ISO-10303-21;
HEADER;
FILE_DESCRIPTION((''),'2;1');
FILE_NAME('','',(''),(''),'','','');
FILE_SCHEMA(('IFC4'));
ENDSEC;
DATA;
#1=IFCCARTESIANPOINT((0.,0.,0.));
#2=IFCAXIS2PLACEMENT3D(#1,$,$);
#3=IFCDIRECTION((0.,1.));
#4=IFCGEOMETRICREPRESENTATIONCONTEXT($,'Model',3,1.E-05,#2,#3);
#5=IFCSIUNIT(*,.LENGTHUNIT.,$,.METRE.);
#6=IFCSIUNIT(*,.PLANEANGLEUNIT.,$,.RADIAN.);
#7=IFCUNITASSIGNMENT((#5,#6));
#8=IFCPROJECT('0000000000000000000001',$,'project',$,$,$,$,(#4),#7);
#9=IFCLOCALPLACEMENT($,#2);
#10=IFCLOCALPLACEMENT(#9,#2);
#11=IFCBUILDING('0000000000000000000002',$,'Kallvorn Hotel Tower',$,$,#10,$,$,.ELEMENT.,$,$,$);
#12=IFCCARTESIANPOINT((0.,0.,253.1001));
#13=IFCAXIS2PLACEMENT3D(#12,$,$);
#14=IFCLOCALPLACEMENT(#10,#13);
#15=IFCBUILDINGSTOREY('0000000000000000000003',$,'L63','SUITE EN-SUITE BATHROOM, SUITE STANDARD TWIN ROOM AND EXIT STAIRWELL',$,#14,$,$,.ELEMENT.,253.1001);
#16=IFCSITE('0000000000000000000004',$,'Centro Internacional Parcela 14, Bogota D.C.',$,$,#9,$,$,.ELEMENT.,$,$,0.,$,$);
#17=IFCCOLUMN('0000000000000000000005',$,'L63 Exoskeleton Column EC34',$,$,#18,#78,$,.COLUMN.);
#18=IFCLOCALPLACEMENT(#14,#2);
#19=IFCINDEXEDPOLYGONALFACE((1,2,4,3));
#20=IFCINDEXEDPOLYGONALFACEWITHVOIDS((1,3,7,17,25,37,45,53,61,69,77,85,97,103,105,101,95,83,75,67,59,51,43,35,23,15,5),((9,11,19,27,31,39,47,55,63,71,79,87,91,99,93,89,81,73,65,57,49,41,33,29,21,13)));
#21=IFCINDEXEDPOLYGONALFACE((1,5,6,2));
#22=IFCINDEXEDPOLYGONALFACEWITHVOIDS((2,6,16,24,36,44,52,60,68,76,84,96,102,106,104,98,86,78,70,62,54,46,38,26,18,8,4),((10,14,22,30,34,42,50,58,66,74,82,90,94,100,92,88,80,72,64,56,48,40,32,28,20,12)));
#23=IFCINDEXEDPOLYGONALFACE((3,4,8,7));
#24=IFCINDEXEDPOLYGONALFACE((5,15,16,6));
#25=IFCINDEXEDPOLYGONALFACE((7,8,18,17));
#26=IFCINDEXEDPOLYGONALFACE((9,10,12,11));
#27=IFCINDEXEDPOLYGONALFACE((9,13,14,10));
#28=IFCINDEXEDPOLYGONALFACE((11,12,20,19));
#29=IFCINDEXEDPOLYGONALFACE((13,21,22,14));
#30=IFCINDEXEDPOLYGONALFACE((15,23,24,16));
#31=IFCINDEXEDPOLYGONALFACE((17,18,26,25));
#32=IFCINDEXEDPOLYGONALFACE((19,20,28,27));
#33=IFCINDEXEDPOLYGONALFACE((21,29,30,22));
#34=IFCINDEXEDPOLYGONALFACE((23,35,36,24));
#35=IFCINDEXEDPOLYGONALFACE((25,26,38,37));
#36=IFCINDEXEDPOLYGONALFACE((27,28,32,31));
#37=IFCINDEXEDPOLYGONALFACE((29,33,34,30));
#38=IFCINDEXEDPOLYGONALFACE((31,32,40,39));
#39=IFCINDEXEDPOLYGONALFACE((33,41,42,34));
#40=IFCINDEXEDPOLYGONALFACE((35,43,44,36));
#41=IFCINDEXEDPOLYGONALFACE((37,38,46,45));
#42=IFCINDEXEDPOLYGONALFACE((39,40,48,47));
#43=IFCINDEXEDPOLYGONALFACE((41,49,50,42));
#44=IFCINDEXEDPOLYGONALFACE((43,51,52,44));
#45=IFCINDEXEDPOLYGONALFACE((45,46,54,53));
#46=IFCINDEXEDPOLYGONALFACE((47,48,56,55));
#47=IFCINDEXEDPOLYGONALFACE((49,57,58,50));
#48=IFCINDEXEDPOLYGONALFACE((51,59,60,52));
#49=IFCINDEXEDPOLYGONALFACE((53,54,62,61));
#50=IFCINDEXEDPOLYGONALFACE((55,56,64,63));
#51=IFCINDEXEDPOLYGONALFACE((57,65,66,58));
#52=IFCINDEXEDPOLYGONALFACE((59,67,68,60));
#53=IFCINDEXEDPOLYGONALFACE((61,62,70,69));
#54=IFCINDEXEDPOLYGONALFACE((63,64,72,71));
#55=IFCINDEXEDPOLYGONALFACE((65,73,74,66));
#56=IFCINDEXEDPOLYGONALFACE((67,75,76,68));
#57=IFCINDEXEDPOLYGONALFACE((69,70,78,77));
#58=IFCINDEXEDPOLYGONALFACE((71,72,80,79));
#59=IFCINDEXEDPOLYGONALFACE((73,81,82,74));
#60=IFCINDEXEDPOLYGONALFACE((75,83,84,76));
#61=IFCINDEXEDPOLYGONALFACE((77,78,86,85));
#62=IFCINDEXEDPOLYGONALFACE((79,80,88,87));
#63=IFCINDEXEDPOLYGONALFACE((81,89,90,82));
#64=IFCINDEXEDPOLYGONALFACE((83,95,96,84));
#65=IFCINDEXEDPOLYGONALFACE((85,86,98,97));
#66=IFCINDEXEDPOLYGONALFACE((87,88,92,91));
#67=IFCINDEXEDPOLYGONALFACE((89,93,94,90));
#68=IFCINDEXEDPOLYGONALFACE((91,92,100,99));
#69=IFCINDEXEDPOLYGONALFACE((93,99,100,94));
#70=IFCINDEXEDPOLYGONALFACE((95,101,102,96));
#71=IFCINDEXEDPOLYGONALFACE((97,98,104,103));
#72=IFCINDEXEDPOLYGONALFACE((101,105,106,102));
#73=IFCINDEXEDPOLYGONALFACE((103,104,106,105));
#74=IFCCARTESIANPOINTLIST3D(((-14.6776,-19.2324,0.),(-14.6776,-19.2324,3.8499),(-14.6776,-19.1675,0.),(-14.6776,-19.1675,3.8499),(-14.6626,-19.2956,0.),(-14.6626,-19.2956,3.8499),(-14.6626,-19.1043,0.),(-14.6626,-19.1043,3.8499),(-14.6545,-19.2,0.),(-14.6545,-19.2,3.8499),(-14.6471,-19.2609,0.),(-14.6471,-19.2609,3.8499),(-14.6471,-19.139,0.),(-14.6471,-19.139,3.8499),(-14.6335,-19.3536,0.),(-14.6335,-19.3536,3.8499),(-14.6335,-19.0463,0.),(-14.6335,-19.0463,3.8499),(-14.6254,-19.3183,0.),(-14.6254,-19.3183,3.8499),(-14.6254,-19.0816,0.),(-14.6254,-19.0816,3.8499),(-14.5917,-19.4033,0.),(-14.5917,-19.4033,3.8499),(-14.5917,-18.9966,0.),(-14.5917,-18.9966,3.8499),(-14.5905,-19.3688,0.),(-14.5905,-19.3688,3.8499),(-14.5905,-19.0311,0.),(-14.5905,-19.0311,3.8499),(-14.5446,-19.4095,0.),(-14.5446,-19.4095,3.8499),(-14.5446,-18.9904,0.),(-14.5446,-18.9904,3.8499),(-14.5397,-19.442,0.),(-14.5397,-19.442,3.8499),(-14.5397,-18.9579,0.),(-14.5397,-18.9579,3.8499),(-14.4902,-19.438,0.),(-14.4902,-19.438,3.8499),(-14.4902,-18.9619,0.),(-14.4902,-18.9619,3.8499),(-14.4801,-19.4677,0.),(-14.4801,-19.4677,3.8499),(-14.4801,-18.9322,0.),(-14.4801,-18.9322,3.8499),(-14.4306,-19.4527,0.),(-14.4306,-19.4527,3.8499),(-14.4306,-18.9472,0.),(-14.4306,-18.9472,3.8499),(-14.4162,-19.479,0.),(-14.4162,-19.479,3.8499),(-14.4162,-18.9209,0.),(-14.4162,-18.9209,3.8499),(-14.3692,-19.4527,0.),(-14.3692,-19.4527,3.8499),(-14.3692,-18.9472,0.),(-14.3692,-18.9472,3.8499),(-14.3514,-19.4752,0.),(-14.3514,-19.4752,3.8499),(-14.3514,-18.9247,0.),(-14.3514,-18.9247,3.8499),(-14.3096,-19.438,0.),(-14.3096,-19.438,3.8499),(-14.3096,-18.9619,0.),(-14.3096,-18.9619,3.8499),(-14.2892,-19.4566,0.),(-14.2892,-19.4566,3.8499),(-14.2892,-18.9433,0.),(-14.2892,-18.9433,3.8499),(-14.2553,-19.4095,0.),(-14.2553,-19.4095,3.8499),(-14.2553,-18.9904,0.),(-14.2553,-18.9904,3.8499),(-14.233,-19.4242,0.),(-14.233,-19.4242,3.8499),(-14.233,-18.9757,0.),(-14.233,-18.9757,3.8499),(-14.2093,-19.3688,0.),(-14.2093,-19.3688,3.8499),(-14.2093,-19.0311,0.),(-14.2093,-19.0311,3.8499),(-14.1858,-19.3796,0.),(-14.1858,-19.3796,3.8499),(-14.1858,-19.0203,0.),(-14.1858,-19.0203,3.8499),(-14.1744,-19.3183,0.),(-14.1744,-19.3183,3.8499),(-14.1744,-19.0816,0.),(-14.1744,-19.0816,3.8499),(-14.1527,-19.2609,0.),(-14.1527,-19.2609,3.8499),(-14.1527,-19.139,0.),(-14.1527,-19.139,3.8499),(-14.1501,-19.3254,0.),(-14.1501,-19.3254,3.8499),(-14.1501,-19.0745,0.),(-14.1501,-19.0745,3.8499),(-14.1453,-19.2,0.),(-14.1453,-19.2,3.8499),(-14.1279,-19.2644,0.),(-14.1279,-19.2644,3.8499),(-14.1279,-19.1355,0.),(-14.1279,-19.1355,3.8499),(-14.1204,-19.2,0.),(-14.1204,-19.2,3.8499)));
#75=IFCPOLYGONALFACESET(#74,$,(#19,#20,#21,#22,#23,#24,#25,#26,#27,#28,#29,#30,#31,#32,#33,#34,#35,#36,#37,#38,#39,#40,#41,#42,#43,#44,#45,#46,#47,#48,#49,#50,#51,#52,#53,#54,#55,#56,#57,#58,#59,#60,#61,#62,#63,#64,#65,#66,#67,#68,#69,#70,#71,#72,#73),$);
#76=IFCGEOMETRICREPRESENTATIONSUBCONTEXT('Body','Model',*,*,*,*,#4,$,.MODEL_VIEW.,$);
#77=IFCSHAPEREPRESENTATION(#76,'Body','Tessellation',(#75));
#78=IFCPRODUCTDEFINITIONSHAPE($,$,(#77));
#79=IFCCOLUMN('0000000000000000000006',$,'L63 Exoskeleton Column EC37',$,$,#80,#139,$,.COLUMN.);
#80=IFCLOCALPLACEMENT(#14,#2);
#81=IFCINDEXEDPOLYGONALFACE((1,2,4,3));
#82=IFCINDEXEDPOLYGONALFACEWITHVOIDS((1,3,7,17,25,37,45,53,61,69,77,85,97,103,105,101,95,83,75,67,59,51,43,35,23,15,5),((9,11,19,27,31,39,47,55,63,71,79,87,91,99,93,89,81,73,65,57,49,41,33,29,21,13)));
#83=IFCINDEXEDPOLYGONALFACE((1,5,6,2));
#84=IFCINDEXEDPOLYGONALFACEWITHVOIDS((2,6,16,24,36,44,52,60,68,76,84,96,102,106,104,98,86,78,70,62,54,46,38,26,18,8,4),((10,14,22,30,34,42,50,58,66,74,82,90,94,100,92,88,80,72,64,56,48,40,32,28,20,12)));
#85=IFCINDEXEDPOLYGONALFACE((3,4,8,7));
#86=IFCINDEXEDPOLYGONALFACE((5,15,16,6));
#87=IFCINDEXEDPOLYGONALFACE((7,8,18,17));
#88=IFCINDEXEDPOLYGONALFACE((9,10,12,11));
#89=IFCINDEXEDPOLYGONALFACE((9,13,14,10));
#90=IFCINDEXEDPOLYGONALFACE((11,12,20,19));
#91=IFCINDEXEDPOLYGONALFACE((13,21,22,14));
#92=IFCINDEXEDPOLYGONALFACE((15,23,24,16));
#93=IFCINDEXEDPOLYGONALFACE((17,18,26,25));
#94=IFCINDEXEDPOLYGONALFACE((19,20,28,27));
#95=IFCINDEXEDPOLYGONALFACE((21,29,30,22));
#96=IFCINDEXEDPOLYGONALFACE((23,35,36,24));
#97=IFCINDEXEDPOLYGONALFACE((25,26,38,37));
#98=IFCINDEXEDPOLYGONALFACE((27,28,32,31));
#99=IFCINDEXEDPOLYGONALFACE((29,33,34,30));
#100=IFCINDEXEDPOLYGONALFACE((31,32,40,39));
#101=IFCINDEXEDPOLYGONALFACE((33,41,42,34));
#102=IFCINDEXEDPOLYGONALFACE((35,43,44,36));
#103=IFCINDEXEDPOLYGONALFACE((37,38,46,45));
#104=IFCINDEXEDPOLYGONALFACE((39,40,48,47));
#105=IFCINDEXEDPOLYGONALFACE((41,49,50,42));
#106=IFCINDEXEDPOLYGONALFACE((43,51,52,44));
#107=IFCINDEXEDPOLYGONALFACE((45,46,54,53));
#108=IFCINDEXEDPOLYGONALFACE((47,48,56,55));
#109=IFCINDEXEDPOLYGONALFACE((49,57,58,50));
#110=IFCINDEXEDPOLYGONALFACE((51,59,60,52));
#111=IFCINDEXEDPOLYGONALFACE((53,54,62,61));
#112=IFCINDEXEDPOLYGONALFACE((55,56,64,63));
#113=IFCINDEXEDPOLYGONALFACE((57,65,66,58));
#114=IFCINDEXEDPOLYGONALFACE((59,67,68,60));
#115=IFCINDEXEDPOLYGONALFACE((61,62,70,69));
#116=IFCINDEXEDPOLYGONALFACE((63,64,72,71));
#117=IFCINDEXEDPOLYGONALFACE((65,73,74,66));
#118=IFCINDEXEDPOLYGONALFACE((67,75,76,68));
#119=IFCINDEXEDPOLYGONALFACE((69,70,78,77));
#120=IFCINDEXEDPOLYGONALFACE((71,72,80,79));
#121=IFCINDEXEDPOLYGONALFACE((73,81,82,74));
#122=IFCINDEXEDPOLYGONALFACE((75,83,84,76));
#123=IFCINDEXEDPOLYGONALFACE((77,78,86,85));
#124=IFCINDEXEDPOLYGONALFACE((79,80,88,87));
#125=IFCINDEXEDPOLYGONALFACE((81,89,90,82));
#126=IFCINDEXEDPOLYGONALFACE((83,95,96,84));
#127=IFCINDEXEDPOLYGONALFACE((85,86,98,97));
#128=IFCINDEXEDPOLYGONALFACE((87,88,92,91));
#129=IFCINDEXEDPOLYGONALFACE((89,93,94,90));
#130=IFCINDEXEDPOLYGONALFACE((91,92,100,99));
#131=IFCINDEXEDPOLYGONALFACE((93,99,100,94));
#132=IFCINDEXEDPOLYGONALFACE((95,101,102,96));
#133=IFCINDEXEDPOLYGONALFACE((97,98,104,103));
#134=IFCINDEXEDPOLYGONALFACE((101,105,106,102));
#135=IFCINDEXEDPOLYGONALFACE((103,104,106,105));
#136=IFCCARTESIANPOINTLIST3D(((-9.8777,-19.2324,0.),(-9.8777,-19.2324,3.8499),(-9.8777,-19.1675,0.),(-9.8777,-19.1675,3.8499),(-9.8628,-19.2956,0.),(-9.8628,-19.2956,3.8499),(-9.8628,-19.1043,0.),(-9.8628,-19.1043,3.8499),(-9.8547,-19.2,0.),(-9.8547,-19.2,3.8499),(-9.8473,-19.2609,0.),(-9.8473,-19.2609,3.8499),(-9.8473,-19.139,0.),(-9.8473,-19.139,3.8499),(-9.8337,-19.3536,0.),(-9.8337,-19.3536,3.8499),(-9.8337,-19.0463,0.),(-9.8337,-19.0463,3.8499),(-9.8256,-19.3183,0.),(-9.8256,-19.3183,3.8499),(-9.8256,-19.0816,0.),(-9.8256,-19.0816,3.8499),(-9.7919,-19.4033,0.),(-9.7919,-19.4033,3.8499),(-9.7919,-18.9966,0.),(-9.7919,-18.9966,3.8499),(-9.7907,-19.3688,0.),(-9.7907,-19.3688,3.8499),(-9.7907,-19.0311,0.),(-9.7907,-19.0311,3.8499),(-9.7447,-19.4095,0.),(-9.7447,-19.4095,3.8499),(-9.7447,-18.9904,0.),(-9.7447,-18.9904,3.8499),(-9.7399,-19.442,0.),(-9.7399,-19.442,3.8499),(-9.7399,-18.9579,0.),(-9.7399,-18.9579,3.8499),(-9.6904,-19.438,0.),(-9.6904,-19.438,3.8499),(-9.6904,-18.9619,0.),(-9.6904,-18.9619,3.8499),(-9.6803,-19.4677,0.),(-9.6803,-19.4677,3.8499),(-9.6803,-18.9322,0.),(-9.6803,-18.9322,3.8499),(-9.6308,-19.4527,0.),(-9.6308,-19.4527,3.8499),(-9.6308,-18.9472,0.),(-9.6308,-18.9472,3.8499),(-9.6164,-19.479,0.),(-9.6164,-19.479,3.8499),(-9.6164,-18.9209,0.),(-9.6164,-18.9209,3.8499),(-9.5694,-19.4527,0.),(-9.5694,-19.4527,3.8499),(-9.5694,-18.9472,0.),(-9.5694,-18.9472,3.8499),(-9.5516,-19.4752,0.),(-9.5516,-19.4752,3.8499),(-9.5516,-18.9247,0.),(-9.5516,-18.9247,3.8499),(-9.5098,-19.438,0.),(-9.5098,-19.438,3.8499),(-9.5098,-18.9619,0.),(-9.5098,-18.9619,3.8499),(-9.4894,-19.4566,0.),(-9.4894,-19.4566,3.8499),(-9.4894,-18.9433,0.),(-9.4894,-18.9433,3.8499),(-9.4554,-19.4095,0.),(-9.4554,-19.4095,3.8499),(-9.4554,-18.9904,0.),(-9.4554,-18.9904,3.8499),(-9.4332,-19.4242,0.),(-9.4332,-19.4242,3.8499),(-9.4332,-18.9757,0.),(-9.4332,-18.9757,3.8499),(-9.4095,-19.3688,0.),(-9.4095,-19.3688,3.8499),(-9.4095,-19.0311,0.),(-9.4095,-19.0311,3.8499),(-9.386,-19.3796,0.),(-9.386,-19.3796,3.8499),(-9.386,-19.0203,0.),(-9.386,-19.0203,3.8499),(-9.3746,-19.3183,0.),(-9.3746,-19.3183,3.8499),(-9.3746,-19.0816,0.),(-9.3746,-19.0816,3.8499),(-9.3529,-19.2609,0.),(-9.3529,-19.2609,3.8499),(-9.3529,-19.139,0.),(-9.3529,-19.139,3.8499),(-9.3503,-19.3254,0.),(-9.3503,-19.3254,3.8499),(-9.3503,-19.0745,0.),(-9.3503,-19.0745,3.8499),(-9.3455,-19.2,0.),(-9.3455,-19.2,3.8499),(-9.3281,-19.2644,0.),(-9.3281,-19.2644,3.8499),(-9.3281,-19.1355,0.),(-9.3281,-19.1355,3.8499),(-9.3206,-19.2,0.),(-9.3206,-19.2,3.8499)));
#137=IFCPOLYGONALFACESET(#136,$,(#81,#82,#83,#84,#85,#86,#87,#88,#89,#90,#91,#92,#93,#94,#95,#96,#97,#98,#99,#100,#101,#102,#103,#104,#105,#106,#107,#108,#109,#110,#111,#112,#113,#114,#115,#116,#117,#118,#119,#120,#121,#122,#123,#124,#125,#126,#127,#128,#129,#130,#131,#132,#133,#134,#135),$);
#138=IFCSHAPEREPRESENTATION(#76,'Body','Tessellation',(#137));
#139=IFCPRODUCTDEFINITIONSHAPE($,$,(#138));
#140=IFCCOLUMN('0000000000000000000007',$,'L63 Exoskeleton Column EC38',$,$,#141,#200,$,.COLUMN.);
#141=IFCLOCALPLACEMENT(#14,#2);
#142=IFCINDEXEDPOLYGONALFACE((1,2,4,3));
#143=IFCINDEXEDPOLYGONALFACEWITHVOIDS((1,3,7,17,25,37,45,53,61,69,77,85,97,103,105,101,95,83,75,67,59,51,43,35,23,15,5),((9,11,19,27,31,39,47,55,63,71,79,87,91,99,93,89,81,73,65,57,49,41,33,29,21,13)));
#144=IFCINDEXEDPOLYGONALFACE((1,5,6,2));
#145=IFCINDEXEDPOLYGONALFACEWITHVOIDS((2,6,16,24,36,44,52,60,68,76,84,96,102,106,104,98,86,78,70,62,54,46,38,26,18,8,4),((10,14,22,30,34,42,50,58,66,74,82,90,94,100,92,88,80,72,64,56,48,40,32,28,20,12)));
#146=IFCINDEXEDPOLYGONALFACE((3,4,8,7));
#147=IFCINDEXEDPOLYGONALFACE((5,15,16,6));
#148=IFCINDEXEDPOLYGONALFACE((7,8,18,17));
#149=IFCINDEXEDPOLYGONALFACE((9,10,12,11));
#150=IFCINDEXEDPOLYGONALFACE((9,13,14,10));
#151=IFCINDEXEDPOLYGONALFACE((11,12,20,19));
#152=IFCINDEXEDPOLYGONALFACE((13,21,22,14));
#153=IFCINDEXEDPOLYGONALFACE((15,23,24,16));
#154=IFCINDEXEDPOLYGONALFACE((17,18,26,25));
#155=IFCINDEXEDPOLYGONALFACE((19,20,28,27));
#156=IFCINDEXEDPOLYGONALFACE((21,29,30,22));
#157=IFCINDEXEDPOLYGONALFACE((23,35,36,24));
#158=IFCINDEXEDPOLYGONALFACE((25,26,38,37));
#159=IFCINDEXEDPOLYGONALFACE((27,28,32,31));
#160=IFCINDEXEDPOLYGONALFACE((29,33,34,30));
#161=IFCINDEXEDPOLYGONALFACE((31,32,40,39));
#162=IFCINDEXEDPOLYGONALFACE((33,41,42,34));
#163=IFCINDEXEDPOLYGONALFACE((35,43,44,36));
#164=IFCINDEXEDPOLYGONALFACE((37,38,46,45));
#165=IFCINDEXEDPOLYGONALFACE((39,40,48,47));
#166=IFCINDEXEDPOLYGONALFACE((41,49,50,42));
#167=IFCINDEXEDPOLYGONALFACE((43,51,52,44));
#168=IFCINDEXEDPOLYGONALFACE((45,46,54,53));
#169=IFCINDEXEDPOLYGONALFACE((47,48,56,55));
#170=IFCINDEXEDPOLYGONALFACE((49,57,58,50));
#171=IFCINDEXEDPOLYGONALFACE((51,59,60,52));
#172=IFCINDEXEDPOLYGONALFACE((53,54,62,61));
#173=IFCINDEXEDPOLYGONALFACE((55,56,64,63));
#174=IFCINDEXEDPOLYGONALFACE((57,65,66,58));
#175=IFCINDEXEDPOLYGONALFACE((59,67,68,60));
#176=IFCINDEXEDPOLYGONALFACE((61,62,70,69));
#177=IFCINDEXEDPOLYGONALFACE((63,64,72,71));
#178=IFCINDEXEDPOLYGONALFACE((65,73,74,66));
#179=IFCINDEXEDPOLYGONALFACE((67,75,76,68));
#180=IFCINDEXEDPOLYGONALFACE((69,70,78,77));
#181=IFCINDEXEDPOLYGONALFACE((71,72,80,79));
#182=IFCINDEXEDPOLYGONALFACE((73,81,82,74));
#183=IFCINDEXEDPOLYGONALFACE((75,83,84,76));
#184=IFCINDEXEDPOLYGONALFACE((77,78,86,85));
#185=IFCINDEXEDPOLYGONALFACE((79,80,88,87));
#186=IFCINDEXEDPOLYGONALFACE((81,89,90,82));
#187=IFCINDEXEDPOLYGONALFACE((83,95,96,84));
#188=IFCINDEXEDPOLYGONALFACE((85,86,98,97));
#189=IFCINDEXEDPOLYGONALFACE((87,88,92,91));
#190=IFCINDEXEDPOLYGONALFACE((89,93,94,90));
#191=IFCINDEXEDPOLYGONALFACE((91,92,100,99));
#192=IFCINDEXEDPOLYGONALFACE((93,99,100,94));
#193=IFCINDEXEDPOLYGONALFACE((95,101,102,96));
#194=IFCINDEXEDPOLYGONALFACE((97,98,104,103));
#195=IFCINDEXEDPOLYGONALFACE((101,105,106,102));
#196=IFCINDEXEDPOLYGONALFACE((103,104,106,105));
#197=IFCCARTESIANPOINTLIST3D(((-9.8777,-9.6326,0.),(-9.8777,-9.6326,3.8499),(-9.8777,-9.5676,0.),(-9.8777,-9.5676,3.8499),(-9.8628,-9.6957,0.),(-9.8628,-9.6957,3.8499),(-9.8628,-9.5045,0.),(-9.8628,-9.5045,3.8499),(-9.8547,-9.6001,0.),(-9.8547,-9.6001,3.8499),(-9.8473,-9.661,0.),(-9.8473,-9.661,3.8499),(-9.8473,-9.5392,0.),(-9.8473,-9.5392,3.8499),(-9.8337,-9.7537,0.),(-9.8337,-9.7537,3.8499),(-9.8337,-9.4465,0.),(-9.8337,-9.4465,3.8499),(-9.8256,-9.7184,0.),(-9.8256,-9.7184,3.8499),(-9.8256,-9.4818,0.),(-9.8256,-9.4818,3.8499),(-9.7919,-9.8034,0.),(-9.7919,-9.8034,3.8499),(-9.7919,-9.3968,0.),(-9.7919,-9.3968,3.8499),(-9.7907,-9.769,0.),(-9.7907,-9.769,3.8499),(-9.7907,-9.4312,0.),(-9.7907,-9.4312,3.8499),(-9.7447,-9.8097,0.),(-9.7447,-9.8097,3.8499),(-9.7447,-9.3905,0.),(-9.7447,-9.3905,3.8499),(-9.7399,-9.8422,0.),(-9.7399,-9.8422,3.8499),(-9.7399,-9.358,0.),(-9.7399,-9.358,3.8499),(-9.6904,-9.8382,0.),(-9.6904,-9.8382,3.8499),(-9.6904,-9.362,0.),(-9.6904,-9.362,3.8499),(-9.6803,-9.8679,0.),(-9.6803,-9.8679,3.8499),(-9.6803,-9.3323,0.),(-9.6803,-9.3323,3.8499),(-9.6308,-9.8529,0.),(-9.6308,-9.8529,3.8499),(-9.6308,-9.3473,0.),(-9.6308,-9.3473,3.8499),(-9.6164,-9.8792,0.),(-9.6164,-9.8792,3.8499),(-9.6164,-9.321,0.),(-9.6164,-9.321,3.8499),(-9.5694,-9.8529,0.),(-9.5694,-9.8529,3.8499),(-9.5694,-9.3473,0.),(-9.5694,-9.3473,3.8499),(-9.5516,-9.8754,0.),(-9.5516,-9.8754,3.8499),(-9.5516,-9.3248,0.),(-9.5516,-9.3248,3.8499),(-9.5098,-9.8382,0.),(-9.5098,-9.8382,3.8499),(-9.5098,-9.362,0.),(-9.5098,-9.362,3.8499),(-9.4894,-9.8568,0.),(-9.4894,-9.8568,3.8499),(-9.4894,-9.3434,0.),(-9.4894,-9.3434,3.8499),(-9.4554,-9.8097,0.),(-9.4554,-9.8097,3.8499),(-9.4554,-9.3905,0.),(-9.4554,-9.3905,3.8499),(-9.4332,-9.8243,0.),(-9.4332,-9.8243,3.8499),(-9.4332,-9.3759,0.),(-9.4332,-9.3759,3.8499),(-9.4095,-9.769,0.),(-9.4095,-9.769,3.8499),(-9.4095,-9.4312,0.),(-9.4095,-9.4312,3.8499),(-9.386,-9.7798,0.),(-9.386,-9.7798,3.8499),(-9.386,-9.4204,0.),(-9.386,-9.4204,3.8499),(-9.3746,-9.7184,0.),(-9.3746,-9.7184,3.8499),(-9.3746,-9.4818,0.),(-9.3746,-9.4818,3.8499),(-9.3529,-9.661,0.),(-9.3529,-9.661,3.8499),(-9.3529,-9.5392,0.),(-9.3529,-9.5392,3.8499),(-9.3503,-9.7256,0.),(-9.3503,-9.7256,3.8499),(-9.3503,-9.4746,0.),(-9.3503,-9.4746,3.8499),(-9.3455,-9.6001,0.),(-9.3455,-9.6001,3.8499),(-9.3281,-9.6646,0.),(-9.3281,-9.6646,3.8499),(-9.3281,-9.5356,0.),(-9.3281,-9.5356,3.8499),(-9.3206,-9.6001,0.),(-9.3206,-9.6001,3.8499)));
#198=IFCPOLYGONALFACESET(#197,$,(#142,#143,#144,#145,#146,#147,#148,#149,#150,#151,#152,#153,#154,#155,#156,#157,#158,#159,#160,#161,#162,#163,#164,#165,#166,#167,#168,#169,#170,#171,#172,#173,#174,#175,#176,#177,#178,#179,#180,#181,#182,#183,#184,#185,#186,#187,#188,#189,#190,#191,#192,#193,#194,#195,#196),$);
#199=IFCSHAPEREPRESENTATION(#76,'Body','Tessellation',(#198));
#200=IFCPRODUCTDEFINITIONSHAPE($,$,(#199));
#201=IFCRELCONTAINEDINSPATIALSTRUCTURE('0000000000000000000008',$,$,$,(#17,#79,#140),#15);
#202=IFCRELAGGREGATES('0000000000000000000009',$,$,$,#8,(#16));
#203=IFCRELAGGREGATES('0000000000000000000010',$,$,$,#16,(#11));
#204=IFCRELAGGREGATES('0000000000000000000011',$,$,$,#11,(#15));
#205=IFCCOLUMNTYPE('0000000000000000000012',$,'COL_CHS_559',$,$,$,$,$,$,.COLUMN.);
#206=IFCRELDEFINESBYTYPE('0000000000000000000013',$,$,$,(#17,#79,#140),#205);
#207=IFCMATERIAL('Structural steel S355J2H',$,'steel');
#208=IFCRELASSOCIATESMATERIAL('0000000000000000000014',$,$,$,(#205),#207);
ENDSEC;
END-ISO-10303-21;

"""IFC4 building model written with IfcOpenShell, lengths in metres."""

from ifc_helpers import new_model, si_unit, direction, frame, origin, origin_2d, place, context, subcontext, project, spatial, hollow_circle, extrude, material, material_profile, profile_set, type_object, element, save


model = new_model("IFC4")

# Units and contexts
model_context = context("Model", 3, precision=1e-05, world=origin(), true_north=direction((0.0, 1.0)))
body_context = subcontext(model_context, "Body", "Model", "MODEL_VIEW")
ifc_project = project(units=[si_unit("LENGTHUNIT", "METRE"), si_unit("PLANEANGLEUNIT", "RADIAN")], contexts=[model_context])

# Site, building, storey
site_placement = place(None, origin())
site = spatial("IfcSite", under=ifc_project, at=site_placement, Name="Centro Internacional Parcela 14, Bogota D.C.", CompositionType="ELEMENT", RefElevation=0.0)
building_placement = place(site_placement, origin())
building = spatial("IfcBuilding", under=site, at=building_placement, Name="Kallvorn Hotel Tower", CompositionType="ELEMENT")
storey_placement = place(building_placement, frame((0.0, 0.0, 253.1001)))
storey = spatial("IfcBuildingStorey", under=building, at=storey_placement, Name="L63", Description="SUITE EN-SUITE BATHROOM, SUITE STANDARD TWIN ROOM AND EXIT STAIRWELL", CompositionType="ELEMENT", Elevation=253.1001)

# Columns
ifc_material_1 = material(Name="Structural steel S355J2H", Category="steel")
ifc_material_profile_1 = material_profile(ifc_material_1, hollow_circle(Radius=0.2795, WallThickness=0.0249, at=origin_2d()), Name="CHS 559x25")
ifc_profile_set_1 = profile_set([ifc_material_profile_1], Name="Structural steel S355J2H")
column_type_1 = type_object("IfcColumnType", Name="COL_CHS_559", PredefinedType="COLUMN", material=ifc_profile_set_1)
for number, where, z_axis, x_axis, name in (
    (1, (-14.3999, -19.2, 0.0), (0.0, 0.0, 1.0), (1.0, 0.0, 0.0), "L63 Exoskeleton Column EC34"),
    (2, (-9.6001, -19.2, 0.0), (0.0, 0.0, 1.0), (1.0, 0.0, 0.0), "L63 Exoskeleton Column EC37"),
    (3, (-9.6001, -9.6001, 0.0), (0.0, 0.0, 1.0), (1.0, 0.0, 0.0), "L63 Exoskeleton Column EC38"),
):
    element("IfcColumn", number, at=place(storey_placement, frame(where, z_axis=z_axis, x_axis=x_axis)), inside=storey, type_object=column_type_1, Name=name, PredefinedType="COLUMN", context=body_context, shape_type="SweptSolid", body=[
        extrude(hollow_circle(Radius=0.2795, WallThickness=0.0249, at=origin_2d()), origin(), (0.0, 0.0, 1.0), 3.8499),
    ])

save(model, "model.ifc")
